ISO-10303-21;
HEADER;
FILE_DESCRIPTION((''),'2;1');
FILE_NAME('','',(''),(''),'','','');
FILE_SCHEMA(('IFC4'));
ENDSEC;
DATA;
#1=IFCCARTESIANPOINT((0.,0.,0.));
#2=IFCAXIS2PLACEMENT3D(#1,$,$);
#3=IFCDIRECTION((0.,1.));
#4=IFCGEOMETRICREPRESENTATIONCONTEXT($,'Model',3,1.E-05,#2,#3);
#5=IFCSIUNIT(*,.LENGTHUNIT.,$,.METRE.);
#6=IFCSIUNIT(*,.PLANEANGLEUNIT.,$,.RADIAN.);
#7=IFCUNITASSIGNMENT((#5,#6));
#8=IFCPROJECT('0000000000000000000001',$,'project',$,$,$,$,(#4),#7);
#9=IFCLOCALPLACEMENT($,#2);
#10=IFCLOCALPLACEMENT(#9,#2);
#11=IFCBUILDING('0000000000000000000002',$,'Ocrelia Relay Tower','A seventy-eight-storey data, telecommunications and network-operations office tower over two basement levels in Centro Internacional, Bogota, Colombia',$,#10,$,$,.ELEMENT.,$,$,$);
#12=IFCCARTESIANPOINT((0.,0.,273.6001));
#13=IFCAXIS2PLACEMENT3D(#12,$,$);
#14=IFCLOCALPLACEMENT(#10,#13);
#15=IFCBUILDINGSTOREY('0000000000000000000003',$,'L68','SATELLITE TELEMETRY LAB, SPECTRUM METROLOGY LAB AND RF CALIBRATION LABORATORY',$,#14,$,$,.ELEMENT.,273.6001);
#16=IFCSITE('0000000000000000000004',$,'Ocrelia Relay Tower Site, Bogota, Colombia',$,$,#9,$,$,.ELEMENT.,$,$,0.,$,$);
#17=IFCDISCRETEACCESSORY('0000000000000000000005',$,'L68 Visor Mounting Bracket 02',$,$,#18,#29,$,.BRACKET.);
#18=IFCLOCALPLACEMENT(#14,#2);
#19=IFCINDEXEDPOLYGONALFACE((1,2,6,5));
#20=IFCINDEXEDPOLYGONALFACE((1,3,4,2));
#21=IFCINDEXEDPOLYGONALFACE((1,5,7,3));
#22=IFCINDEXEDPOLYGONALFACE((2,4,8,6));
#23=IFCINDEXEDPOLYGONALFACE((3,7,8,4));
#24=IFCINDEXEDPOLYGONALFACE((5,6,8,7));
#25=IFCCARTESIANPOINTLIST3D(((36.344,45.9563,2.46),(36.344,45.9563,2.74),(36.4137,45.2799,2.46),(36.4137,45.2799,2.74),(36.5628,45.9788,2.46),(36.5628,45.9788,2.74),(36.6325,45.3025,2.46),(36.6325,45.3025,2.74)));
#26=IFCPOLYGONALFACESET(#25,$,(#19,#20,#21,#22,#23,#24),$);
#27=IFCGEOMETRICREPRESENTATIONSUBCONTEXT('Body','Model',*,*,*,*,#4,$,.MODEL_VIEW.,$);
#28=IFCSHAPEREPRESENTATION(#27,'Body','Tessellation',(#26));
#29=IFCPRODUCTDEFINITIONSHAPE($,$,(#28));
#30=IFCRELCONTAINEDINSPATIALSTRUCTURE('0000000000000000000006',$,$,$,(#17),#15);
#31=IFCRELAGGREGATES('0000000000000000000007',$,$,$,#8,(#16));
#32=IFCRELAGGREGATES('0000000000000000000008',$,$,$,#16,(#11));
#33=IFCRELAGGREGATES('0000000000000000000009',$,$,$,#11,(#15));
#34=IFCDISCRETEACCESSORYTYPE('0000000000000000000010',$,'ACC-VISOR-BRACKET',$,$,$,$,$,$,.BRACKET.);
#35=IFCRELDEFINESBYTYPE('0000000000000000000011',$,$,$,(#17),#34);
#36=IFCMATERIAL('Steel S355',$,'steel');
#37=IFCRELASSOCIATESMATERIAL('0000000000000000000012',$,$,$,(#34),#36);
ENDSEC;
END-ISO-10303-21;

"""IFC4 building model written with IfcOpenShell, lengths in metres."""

from ifc_helpers import new_model, si_unit, direction, frame, origin, origin_2d, place, context, subcontext, project, spatial, rectangle, extrude, material, type_object, element, save


model = new_model("IFC4")

# Units and contexts
model_context = context("Model", 3, precision=1e-05, world=origin(), true_north=direction((0.0, 1.0)))
body_context = subcontext(model_context, "Body", "Model", "MODEL_VIEW")
ifc_project = project(units=[si_unit("LENGTHUNIT", "METRE"), si_unit("PLANEANGLEUNIT", "RADIAN")], contexts=[model_context])

# Site, building, storey
site_placement = place(None, origin())
site = spatial("IfcSite", under=ifc_project, at=site_placement, Name="Ocrelia Relay Tower Site, Bogota, Colombia", CompositionType="ELEMENT", RefElevation=0.0)
building_placement = place(site_placement, origin())
building = spatial("IfcBuilding", under=site, at=building_placement, Name="Ocrelia Relay Tower", Description="A seventy-eight-storey data, telecommunications and network-operations office tower over two basement levels in Centro Internacional, Bogota, Colombia", CompositionType="ELEMENT")
storey_placement = place(building_placement, frame((0.0, 0.0, 273.6001)))
storey = spatial("IfcBuildingStorey", under=building, at=storey_placement, Name="L68", Description="SATELLITE TELEMETRY LAB, SPECTRUM METROLOGY LAB AND RF CALIBRATION LABORATORY", CompositionType="ELEMENT", Elevation=273.6001)

# Shared definitions
ifc_material_1 = material(Name="Steel S355", Category="steel")

# Discrete accessory
discrete_accessory_type = type_object("IfcDiscreteAccessoryType", Name="ACC-VISOR-BRACKET", PredefinedType="BRACKET", material=ifc_material_1)
discrete_accessory_placement = place(storey_placement, frame((36.4883, 45.6294, 2.46), z_axis=(0.0, 0.0, 1.0), x_axis=(-0.994735, -0.102476, 0.0)))
element("IfcDiscreteAccessory", 1, at=discrete_accessory_placement, inside=storey, type_object=discrete_accessory_type, Name="L68 Visor Mounting Bracket 02", PredefinedType="BRACKET", context=body_context, shape_type="SweptSolid", body=[
    extrude(rectangle(XDim=0.22, YDim=0.6799, at=origin_2d()), origin(), (0.0, 0.0, 1.0), 0.28),
])

save(model, "model.ifc")
